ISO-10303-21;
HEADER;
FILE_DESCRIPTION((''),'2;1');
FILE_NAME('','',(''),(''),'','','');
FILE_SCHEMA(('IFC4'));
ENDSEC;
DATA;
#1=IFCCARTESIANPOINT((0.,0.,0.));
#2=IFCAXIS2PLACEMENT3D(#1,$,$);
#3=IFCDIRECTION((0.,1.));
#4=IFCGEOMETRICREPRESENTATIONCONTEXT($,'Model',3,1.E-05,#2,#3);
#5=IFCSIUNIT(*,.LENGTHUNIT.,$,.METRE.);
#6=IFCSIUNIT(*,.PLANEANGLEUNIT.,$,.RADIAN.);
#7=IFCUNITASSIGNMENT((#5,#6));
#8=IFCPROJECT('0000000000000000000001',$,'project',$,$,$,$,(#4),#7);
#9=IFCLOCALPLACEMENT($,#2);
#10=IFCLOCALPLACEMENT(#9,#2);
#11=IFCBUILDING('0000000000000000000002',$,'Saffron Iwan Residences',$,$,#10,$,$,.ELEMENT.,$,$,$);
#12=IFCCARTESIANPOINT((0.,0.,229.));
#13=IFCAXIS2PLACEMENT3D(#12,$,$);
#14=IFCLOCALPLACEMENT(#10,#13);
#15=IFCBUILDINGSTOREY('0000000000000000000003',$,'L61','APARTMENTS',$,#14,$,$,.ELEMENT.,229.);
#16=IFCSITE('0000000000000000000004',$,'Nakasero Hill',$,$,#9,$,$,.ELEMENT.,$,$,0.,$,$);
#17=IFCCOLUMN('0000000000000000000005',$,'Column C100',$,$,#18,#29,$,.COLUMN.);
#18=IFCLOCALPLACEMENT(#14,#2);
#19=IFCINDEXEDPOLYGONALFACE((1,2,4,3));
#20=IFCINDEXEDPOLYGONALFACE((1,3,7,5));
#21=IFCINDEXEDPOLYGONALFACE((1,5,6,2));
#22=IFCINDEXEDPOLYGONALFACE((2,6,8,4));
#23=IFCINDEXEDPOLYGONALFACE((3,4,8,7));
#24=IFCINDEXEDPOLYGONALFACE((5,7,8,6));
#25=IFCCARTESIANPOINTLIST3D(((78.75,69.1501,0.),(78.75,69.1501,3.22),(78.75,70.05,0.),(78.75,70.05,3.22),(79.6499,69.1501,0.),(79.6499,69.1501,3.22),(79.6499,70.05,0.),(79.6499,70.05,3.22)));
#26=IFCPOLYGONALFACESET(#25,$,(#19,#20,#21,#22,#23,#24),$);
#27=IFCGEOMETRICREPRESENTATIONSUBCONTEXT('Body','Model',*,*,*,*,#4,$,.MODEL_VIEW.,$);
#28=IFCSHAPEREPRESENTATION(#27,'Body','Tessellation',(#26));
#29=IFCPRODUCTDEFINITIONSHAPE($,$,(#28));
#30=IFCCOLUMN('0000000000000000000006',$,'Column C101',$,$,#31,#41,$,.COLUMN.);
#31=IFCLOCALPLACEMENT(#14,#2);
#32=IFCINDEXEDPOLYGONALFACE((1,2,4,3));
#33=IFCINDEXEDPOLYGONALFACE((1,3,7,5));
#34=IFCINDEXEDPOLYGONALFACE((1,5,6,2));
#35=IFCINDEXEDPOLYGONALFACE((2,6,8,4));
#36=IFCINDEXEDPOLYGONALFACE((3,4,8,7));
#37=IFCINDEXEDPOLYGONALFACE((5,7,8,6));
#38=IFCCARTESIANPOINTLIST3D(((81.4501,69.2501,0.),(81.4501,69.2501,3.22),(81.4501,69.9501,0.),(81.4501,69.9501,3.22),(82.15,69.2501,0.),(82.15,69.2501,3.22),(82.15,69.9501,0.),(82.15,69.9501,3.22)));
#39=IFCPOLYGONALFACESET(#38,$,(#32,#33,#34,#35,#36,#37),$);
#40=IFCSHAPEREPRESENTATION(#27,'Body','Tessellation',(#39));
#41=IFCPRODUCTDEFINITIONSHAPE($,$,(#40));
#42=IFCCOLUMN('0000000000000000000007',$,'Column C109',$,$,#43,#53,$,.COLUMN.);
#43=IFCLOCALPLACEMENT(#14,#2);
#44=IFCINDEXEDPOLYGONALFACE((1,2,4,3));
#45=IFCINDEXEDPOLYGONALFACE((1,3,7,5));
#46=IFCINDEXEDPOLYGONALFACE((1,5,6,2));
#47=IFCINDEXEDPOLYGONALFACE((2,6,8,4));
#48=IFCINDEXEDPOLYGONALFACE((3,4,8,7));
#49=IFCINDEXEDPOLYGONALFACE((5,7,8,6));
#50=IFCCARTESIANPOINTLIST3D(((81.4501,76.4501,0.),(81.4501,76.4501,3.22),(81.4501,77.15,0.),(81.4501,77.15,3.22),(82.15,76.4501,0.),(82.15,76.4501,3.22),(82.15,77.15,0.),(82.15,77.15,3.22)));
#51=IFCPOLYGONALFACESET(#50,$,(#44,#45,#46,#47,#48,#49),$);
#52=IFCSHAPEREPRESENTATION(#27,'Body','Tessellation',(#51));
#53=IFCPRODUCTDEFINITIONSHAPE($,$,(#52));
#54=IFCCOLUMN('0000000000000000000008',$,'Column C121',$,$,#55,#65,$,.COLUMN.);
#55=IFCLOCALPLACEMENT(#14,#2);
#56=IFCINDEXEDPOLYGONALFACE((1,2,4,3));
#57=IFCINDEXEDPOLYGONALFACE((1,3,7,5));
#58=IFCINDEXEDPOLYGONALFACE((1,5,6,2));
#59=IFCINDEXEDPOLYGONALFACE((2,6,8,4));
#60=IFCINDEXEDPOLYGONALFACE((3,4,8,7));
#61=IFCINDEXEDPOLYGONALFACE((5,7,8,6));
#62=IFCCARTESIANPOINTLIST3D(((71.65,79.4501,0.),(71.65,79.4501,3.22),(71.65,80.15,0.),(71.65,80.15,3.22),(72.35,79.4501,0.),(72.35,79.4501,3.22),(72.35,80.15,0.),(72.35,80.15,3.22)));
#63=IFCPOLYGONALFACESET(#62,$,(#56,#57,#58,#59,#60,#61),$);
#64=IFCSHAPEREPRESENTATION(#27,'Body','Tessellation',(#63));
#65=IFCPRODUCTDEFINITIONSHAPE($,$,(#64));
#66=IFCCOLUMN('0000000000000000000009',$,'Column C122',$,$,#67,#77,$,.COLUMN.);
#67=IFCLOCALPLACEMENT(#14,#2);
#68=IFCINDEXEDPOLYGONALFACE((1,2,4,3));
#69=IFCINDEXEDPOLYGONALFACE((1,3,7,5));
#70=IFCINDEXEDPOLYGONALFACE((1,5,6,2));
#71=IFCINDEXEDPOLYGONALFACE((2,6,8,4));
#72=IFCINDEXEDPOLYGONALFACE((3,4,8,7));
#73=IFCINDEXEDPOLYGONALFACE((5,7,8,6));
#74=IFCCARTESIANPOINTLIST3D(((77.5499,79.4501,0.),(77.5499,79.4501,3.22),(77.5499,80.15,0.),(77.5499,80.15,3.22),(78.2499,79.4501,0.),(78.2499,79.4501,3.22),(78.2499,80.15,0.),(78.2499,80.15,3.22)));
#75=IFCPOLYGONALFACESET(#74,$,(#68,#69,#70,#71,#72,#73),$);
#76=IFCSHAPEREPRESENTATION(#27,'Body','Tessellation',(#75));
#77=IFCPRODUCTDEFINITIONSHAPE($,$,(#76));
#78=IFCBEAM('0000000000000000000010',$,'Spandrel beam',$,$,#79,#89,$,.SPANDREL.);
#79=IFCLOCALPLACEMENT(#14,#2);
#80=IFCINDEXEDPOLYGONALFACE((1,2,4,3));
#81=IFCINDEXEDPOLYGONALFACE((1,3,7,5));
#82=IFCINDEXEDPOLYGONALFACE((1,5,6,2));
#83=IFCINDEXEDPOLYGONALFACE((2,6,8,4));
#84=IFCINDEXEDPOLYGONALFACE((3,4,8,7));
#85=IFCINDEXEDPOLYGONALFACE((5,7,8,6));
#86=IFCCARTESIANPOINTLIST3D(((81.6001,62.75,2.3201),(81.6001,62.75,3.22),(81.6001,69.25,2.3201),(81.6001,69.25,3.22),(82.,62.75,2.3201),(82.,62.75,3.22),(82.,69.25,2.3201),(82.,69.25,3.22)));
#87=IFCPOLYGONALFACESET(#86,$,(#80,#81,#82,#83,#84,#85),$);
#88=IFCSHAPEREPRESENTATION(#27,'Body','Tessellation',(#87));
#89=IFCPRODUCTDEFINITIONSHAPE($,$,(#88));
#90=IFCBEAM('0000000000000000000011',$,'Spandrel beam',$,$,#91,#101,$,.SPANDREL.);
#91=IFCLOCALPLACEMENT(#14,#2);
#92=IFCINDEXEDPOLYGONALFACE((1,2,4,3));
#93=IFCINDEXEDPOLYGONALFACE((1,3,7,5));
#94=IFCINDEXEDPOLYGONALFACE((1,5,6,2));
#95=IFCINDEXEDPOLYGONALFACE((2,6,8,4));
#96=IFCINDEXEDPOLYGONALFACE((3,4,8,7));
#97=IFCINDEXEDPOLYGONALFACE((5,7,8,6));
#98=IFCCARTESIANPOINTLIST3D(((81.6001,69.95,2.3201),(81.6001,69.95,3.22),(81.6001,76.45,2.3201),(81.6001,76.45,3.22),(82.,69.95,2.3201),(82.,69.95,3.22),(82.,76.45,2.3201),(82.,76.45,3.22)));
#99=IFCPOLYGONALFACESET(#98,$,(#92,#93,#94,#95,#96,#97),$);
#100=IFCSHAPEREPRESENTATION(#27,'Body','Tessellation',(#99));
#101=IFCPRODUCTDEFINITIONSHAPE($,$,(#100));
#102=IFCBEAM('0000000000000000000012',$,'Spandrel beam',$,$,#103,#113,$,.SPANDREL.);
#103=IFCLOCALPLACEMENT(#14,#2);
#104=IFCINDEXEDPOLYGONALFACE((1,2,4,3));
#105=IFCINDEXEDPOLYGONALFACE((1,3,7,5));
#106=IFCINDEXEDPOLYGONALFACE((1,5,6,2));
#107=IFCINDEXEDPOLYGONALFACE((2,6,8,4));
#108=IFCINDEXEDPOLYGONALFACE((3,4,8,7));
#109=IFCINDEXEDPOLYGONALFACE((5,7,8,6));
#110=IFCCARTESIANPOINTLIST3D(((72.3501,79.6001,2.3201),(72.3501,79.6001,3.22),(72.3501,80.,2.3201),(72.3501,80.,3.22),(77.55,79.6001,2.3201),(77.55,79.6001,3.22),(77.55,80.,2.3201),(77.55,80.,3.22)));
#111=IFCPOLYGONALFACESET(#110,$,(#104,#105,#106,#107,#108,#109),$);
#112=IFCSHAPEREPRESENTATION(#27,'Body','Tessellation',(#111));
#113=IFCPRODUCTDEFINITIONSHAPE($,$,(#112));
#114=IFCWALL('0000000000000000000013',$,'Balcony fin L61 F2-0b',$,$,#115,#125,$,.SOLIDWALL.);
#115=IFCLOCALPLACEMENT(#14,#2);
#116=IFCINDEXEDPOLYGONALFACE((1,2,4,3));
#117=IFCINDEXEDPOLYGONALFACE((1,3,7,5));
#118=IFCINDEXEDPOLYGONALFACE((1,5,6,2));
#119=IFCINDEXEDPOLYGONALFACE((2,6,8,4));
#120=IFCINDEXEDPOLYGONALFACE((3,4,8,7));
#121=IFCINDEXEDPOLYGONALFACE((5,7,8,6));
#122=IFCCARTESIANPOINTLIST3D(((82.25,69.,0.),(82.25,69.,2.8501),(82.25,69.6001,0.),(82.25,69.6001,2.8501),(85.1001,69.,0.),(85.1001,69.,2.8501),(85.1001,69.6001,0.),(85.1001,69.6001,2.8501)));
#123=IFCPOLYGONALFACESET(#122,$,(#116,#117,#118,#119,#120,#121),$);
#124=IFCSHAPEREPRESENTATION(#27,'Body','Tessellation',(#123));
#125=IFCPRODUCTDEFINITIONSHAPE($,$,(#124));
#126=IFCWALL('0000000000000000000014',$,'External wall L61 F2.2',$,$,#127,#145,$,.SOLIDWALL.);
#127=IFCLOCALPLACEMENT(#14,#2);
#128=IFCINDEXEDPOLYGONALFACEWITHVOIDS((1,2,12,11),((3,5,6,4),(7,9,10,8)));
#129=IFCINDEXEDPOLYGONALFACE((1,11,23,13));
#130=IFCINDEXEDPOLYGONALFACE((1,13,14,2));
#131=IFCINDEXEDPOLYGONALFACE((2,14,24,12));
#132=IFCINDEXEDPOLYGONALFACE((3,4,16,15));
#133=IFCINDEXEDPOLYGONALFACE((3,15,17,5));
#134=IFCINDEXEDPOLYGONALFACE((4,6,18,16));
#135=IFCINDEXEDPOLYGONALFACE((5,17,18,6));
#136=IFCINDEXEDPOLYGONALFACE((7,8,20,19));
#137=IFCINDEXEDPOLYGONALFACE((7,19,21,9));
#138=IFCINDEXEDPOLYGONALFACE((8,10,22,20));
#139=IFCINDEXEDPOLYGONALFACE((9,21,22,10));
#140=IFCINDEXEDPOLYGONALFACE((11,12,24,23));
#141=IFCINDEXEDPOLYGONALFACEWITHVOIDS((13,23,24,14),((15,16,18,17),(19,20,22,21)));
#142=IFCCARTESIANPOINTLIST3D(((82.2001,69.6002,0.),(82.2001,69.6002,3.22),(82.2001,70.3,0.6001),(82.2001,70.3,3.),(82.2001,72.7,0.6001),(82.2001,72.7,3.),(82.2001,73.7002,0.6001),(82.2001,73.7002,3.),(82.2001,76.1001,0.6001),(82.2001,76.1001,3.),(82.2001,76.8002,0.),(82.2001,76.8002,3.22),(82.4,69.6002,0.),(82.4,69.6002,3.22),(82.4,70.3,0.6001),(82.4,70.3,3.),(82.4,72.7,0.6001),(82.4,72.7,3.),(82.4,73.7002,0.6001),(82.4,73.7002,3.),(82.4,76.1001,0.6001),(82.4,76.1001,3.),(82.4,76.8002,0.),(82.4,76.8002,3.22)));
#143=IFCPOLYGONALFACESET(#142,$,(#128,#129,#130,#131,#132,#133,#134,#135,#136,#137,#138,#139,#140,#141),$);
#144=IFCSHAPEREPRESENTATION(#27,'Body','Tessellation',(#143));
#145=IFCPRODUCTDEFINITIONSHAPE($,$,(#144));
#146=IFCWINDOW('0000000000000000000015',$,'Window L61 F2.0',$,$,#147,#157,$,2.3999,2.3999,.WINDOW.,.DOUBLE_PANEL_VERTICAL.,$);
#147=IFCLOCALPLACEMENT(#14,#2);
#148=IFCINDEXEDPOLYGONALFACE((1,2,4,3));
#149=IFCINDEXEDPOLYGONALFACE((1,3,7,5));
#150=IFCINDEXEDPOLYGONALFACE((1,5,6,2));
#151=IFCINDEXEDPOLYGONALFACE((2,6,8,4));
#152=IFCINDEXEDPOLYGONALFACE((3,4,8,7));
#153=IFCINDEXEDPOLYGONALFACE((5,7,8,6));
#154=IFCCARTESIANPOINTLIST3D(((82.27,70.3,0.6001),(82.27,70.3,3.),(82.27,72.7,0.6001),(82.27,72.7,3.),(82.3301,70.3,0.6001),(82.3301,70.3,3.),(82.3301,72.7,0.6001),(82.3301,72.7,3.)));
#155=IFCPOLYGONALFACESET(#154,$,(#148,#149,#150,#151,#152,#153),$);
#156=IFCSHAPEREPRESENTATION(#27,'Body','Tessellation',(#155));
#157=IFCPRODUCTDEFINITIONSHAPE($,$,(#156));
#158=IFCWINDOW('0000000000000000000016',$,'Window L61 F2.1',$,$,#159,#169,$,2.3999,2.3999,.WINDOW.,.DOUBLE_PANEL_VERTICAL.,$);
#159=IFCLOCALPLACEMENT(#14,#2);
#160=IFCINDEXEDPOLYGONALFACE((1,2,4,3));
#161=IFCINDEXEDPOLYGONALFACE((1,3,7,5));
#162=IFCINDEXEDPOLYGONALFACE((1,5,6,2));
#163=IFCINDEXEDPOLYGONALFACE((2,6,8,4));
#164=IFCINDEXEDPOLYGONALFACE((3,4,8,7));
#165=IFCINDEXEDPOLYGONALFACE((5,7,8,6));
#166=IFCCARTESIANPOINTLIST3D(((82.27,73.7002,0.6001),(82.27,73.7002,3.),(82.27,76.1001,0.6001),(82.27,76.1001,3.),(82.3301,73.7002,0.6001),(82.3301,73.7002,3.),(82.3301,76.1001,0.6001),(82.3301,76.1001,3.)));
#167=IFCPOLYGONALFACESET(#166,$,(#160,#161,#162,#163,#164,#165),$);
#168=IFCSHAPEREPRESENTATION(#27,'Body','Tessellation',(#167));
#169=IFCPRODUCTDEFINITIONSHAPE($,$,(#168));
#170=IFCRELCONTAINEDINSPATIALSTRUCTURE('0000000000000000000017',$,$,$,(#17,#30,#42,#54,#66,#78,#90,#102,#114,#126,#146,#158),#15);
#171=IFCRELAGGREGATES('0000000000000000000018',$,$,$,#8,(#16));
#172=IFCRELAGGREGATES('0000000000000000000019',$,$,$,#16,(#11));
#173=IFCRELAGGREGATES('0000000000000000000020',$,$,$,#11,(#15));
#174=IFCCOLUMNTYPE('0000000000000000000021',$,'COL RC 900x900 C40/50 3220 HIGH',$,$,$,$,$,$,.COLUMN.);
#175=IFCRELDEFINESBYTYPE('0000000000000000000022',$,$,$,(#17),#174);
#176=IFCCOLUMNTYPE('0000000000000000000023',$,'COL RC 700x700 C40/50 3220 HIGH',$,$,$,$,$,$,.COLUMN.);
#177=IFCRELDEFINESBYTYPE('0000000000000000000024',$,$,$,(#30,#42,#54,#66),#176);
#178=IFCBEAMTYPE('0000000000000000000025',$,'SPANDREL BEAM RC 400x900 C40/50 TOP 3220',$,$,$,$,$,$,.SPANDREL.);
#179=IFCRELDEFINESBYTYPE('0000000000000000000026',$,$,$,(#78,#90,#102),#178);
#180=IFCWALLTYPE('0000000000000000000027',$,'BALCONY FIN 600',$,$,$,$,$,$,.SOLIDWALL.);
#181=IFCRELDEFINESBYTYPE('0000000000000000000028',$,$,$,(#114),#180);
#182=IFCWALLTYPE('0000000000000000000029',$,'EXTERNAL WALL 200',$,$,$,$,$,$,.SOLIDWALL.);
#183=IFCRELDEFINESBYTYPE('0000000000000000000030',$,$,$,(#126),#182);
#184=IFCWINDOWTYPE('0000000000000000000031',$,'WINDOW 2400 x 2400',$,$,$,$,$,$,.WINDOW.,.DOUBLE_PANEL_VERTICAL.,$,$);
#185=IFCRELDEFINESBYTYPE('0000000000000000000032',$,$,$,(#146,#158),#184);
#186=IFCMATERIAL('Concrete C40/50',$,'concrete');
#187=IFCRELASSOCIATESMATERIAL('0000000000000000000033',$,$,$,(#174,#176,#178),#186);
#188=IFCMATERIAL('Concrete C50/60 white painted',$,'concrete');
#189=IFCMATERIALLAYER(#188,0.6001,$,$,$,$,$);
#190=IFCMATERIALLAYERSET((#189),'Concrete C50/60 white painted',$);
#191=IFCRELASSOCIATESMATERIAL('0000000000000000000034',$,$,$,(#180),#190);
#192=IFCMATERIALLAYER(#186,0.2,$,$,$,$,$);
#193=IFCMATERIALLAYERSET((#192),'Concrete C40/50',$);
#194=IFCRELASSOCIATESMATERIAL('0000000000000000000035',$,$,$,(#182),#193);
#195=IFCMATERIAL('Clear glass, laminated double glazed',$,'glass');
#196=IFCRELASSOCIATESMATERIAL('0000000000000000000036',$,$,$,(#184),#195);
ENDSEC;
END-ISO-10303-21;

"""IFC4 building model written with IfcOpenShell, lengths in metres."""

from ifc_helpers import new_model, si_unit, direction, frame, frame_2d, origin, origin_2d, place, context, subcontext, project, spatial, rectangle, extrude, source, transform, mapped, material, layer, layer_set, material_profile, profile_set, type_object, element, fill, save


model = new_model("IFC4")

# Units and contexts
model_context = context("Model", 3, precision=1e-05, world=origin(), true_north=direction((0.0, 1.0)))
body_context = subcontext(model_context, "Body", "Model", "MODEL_VIEW")
ifc_project = project(units=[si_unit("LENGTHUNIT", "METRE"), si_unit("PLANEANGLEUNIT", "RADIAN")], contexts=[model_context])

# Site, building, storey
site_placement = place(None, origin())
site = spatial("IfcSite", under=ifc_project, at=site_placement, Name="Nakasero Hill", CompositionType="ELEMENT", RefElevation=0.0)
building_placement = place(site_placement, origin())
building = spatial("IfcBuilding", under=site, at=building_placement, Name="Saffron Iwan Residences", CompositionType="ELEMENT")
storey_placement = place(building_placement, frame((0.0, 0.0, 229.0)))
storey = spatial("IfcBuildingStorey", under=building, at=storey_placement, Name="L61", Description="APARTMENTS", CompositionType="ELEMENT", Elevation=229.0)

# Columns
ifc_material_1 = material(Name="Concrete C40/50", Category="concrete")
ifc_material_profile_1 = material_profile(ifc_material_1, rectangle(XDim=0.8999, YDim=0.8999, at=origin_2d()), Name="RC 900x900")
ifc_profile_set_1 = profile_set([ifc_material_profile_1], Name="Concrete C40/50")
column_type_1 = type_object("IfcColumnType", Name="COL RC 900x900 C40/50 3220 HIGH", PredefinedType="COLUMN", material=ifc_profile_set_1)
shared_shape_1 = source(origin(), body_context, "Body", "SweptSolid", [
    extrude(rectangle(XDim=0.8999, YDim=0.8999, at=origin_2d()), origin(), (0.0, 0.0, 1.0), 3.22),
])
column_placement = place(storey_placement, frame((79.2, 69.6001, 0.0), z_axis=(0.0, 0.0, 1.0), x_axis=(1.0, 0.0, 0.0)))
element("IfcColumn", 1, at=column_placement, inside=storey, type_object=column_type_1, Name="Column C100", PredefinedType="COLUMN", context=body_context, shape_type="MappedRepresentation", body=[
    mapped(shared_shape_1, transform((0.0, 0.0, 0.0))),
])
ifc_material_profile_2 = material_profile(ifc_material_1, rectangle(XDim=0.7, YDim=0.7, at=origin_2d()), Name="RC 700x700")
ifc_profile_set_2 = profile_set([ifc_material_profile_2], Name="Concrete C40/50")
column_type_2 = type_object("IfcColumnType", Name="COL RC 700x700 C40/50 3220 HIGH", PredefinedType="COLUMN", material=ifc_profile_set_2)
shared_shape_2 = source(origin(), body_context, "Body", "SweptSolid", [
    extrude(rectangle(XDim=0.7, YDim=0.7, at=origin_2d()), origin(), (0.0, 0.0, 1.0), 3.22),
])
for number, where, z_axis, x_axis, name in (
    (2, (81.8, 69.6001, 0.0), (0.0, 0.0, 1.0), (1.0, 0.0, 0.0), "Column C101"),
    (3, (81.8, 76.8, 0.0), (0.0, 0.0, 1.0), (1.0, 0.0, 0.0), "Column C109"),
    (4, (72.0, 79.8, 0.0), (0.0, 0.0, 1.0), (1.0, 0.0, 0.0), "Column C121"),
    (5, (77.8999, 79.8, 0.0), (0.0, 0.0, 1.0), (1.0, 0.0, 0.0), "Column C122"),
):
    element("IfcColumn", number, at=place(storey_placement, frame(where, z_axis=z_axis, x_axis=x_axis)), inside=storey, type_object=column_type_2, Name=name, PredefinedType="COLUMN", context=body_context, shape_type="MappedRepresentation", body=[
        mapped(shared_shape_2, transform((0.0, 0.0, 0.0))),
    ])

# Beams
ifc_material_profile_3 = material_profile(ifc_material_1, rectangle(XDim=0.3999, YDim=0.8999, at=origin_2d()), Name="RC 400x900")
ifc_profile_set_3 = profile_set([ifc_material_profile_3], Name="Concrete C40/50")
beam_type = type_object("IfcBeamType", Name="SPANDREL BEAM RC 400x900 C40/50 TOP 3220", PredefinedType="SPANDREL", material=ifc_profile_set_3)
shared_shape_3 = source(origin(), body_context, "Body", "SweptSolid", [
    extrude(rectangle(XDim=0.3999, YDim=0.8999, at=origin_2d()), origin(), (0.0, 0.0, 1.0), 6.5),
])
for number, where, z_axis, x_axis, name in (
    (6, (81.8, 69.25, 2.77), (0.0, -1.0, 0.0), (1.0, 0.0, 0.0), "Spandrel beam"),
    (7, (81.8, 76.45, 2.77), (0.0, -1.0, 0.0), (1.0, 0.0, 0.0), "Spandrel beam"),
):
    element("IfcBeam", number, at=place(storey_placement, frame(where, z_axis=z_axis, x_axis=x_axis)), inside=storey, type_object=beam_type, Name=name, PredefinedType="SPANDREL", context=body_context, shape_type="MappedRepresentation", body=[
        mapped(shared_shape_3, transform((0.0, 0.0, 0.0))),
    ])
shared_shape_4 = source(origin(), body_context, "Body", "SweptSolid", [
    extrude(rectangle(XDim=0.3999, YDim=0.8999, at=origin_2d()), origin(), (0.0, 0.0, 1.0), 5.2),
])
beam_placement = place(storey_placement, frame((72.3501, 79.8, 2.77), z_axis=(1.0, 0.0, 0.0), x_axis=(0.0, 1.0, 0.0)))
element("IfcBeam", 8, at=beam_placement, inside=storey, type_object=beam_type, Name="Spandrel beam", PredefinedType="SPANDREL", context=body_context, shape_type="MappedRepresentation", body=[
    mapped(shared_shape_4, transform((0.0, 0.0, 0.0))),
])

# Wall
ifc_material_2 = material(Name="Concrete C50/60 white painted", Category="concrete")
ifc_layer_1 = layer(ifc_material_2, 0.6001)
ifc_layer_set_1 = layer_set([ifc_layer_1], Name="Concrete C50/60 white painted")
wall_type_1 = type_object("IfcWallType", Name="BALCONY FIN 600", PredefinedType="SOLIDWALL", material=ifc_layer_set_1)
wall_1_placement = place(storey_placement, frame((82.25, 69.3, 0.0), z_axis=(0.0, 0.0, 1.0), x_axis=(1.0, 0.0, 0.0)))
element("IfcWall", 9, at=wall_1_placement, inside=storey, type_object=wall_type_1, Name="Balcony fin L61 F2-0b", PredefinedType="SOLIDWALL", context=body_context, shape_type="SweptSolid", body=[
    extrude(rectangle(XDim=2.8501, YDim=0.6001, at=frame_2d((1.425, 0.0))), origin(), (0.0, 0.0, 1.0), 2.8501),
])

# Wall, openings, windows
ifc_layer_2 = layer(ifc_material_1, 0.2)
ifc_layer_set_2 = layer_set([ifc_layer_2], Name="Concrete C40/50")
wall_type_2 = type_object("IfcWallType", Name="EXTERNAL WALL 200", PredefinedType="SOLIDWALL", material=ifc_layer_set_2)
wall_2_placement = place(storey_placement, frame((82.3, 69.6001, 0.0), z_axis=(0.0, 0.0, 1.0), x_axis=(0.0, 1.0, 0.0)))
wall_2 = element("IfcWall", 10, at=wall_2_placement, inside=storey, type_object=wall_type_2, Name="External wall L61 F2.2", PredefinedType="SOLIDWALL", context=body_context, shape_type="SweptSolid", body=[
    extrude(rectangle(XDim=7.2, YDim=0.2, at=frame_2d((3.6001, 0.0))), origin(), (0.0, 0.0, 1.0), 3.22),
])
opening_1_placement = place(wall_2_placement, frame((0.7, 0.0, 0.6001)))
opening_1 = element("IfcOpeningElement", 11, at=opening_1_placement, cuts=wall_2, PredefinedType="OPENING", context=body_context, shape_type="SweptSolid", body=[
    extrude(rectangle(XDim=2.3999, YDim=2.3999, at=frame_2d((1.2, 1.2))), frame((0.0, 0.1099, 0.0), z_axis=(0.0, -1.0, 0.0), x_axis=(1.0, 0.0, 0.0)), (0.0, 0.0, 1.0), 0.22),
])
opening_2_placement = place(wall_2_placement, frame((4.1001, 0.0, 0.6001)))
opening_2 = element("IfcOpeningElement", 12, at=opening_2_placement, cuts=wall_2, PredefinedType="OPENING", context=body_context, shape_type="SweptSolid", body=[
    extrude(rectangle(XDim=2.3999, YDim=2.3999, at=frame_2d((1.2, 1.2))), frame((0.0, 0.1099, 0.0), z_axis=(0.0, -1.0, 0.0), x_axis=(1.0, 0.0, 0.0)), (0.0, 0.0, 1.0), 0.22),
])
ifc_material_3 = material(Name="Clear glass, laminated double glazed", Category="glass")
window_type_1 = type_object("IfcWindowType", Name="WINDOW 2400 x 2400", PartitioningType="DOUBLE_PANEL_VERTICAL", PredefinedType="WINDOW", material=ifc_material_3)
window_1_placement = place(opening_1_placement, origin())
window_1 = element("IfcWindow", 13, at=window_1_placement, inside=storey, type_object=window_type_1, Name="Window L61 F2.0", OverallHeight=2.3999, OverallWidth=2.3999, PartitioningType="DOUBLE_PANEL_VERTICAL", PredefinedType="WINDOW", context=body_context, shape_type="SweptSolid", body=[
    extrude(rectangle(XDim=2.3999, YDim=2.3999, at=frame_2d((1.2, 1.2))), frame((0.0, 0.03, 0.0), z_axis=(0.0, -1.0, 0.0), x_axis=(1.0, 0.0, 0.0)), (0.0, 0.0, 1.0), 0.0601),
])
fill(opening_1, window_1)
window_2_placement = place(opening_2_placement, origin())
window_2 = element("IfcWindow", 14, at=window_2_placement, inside=storey, type_object=window_type_1, Name="Window L61 F2.1", OverallHeight=2.3999, OverallWidth=2.3999, PartitioningType="DOUBLE_PANEL_VERTICAL", PredefinedType="WINDOW", context=body_context, shape_type="SweptSolid", body=[
    extrude(rectangle(XDim=2.3999, YDim=2.3999, at=frame_2d((1.2, 1.2))), frame((0.0, 0.03, 0.0), z_axis=(0.0, -1.0, 0.0), x_axis=(1.0, 0.0, 0.0)), (0.0, 0.0, 1.0), 0.0601),
])
fill(opening_2, window_2)

save(model, "model.ifc")
